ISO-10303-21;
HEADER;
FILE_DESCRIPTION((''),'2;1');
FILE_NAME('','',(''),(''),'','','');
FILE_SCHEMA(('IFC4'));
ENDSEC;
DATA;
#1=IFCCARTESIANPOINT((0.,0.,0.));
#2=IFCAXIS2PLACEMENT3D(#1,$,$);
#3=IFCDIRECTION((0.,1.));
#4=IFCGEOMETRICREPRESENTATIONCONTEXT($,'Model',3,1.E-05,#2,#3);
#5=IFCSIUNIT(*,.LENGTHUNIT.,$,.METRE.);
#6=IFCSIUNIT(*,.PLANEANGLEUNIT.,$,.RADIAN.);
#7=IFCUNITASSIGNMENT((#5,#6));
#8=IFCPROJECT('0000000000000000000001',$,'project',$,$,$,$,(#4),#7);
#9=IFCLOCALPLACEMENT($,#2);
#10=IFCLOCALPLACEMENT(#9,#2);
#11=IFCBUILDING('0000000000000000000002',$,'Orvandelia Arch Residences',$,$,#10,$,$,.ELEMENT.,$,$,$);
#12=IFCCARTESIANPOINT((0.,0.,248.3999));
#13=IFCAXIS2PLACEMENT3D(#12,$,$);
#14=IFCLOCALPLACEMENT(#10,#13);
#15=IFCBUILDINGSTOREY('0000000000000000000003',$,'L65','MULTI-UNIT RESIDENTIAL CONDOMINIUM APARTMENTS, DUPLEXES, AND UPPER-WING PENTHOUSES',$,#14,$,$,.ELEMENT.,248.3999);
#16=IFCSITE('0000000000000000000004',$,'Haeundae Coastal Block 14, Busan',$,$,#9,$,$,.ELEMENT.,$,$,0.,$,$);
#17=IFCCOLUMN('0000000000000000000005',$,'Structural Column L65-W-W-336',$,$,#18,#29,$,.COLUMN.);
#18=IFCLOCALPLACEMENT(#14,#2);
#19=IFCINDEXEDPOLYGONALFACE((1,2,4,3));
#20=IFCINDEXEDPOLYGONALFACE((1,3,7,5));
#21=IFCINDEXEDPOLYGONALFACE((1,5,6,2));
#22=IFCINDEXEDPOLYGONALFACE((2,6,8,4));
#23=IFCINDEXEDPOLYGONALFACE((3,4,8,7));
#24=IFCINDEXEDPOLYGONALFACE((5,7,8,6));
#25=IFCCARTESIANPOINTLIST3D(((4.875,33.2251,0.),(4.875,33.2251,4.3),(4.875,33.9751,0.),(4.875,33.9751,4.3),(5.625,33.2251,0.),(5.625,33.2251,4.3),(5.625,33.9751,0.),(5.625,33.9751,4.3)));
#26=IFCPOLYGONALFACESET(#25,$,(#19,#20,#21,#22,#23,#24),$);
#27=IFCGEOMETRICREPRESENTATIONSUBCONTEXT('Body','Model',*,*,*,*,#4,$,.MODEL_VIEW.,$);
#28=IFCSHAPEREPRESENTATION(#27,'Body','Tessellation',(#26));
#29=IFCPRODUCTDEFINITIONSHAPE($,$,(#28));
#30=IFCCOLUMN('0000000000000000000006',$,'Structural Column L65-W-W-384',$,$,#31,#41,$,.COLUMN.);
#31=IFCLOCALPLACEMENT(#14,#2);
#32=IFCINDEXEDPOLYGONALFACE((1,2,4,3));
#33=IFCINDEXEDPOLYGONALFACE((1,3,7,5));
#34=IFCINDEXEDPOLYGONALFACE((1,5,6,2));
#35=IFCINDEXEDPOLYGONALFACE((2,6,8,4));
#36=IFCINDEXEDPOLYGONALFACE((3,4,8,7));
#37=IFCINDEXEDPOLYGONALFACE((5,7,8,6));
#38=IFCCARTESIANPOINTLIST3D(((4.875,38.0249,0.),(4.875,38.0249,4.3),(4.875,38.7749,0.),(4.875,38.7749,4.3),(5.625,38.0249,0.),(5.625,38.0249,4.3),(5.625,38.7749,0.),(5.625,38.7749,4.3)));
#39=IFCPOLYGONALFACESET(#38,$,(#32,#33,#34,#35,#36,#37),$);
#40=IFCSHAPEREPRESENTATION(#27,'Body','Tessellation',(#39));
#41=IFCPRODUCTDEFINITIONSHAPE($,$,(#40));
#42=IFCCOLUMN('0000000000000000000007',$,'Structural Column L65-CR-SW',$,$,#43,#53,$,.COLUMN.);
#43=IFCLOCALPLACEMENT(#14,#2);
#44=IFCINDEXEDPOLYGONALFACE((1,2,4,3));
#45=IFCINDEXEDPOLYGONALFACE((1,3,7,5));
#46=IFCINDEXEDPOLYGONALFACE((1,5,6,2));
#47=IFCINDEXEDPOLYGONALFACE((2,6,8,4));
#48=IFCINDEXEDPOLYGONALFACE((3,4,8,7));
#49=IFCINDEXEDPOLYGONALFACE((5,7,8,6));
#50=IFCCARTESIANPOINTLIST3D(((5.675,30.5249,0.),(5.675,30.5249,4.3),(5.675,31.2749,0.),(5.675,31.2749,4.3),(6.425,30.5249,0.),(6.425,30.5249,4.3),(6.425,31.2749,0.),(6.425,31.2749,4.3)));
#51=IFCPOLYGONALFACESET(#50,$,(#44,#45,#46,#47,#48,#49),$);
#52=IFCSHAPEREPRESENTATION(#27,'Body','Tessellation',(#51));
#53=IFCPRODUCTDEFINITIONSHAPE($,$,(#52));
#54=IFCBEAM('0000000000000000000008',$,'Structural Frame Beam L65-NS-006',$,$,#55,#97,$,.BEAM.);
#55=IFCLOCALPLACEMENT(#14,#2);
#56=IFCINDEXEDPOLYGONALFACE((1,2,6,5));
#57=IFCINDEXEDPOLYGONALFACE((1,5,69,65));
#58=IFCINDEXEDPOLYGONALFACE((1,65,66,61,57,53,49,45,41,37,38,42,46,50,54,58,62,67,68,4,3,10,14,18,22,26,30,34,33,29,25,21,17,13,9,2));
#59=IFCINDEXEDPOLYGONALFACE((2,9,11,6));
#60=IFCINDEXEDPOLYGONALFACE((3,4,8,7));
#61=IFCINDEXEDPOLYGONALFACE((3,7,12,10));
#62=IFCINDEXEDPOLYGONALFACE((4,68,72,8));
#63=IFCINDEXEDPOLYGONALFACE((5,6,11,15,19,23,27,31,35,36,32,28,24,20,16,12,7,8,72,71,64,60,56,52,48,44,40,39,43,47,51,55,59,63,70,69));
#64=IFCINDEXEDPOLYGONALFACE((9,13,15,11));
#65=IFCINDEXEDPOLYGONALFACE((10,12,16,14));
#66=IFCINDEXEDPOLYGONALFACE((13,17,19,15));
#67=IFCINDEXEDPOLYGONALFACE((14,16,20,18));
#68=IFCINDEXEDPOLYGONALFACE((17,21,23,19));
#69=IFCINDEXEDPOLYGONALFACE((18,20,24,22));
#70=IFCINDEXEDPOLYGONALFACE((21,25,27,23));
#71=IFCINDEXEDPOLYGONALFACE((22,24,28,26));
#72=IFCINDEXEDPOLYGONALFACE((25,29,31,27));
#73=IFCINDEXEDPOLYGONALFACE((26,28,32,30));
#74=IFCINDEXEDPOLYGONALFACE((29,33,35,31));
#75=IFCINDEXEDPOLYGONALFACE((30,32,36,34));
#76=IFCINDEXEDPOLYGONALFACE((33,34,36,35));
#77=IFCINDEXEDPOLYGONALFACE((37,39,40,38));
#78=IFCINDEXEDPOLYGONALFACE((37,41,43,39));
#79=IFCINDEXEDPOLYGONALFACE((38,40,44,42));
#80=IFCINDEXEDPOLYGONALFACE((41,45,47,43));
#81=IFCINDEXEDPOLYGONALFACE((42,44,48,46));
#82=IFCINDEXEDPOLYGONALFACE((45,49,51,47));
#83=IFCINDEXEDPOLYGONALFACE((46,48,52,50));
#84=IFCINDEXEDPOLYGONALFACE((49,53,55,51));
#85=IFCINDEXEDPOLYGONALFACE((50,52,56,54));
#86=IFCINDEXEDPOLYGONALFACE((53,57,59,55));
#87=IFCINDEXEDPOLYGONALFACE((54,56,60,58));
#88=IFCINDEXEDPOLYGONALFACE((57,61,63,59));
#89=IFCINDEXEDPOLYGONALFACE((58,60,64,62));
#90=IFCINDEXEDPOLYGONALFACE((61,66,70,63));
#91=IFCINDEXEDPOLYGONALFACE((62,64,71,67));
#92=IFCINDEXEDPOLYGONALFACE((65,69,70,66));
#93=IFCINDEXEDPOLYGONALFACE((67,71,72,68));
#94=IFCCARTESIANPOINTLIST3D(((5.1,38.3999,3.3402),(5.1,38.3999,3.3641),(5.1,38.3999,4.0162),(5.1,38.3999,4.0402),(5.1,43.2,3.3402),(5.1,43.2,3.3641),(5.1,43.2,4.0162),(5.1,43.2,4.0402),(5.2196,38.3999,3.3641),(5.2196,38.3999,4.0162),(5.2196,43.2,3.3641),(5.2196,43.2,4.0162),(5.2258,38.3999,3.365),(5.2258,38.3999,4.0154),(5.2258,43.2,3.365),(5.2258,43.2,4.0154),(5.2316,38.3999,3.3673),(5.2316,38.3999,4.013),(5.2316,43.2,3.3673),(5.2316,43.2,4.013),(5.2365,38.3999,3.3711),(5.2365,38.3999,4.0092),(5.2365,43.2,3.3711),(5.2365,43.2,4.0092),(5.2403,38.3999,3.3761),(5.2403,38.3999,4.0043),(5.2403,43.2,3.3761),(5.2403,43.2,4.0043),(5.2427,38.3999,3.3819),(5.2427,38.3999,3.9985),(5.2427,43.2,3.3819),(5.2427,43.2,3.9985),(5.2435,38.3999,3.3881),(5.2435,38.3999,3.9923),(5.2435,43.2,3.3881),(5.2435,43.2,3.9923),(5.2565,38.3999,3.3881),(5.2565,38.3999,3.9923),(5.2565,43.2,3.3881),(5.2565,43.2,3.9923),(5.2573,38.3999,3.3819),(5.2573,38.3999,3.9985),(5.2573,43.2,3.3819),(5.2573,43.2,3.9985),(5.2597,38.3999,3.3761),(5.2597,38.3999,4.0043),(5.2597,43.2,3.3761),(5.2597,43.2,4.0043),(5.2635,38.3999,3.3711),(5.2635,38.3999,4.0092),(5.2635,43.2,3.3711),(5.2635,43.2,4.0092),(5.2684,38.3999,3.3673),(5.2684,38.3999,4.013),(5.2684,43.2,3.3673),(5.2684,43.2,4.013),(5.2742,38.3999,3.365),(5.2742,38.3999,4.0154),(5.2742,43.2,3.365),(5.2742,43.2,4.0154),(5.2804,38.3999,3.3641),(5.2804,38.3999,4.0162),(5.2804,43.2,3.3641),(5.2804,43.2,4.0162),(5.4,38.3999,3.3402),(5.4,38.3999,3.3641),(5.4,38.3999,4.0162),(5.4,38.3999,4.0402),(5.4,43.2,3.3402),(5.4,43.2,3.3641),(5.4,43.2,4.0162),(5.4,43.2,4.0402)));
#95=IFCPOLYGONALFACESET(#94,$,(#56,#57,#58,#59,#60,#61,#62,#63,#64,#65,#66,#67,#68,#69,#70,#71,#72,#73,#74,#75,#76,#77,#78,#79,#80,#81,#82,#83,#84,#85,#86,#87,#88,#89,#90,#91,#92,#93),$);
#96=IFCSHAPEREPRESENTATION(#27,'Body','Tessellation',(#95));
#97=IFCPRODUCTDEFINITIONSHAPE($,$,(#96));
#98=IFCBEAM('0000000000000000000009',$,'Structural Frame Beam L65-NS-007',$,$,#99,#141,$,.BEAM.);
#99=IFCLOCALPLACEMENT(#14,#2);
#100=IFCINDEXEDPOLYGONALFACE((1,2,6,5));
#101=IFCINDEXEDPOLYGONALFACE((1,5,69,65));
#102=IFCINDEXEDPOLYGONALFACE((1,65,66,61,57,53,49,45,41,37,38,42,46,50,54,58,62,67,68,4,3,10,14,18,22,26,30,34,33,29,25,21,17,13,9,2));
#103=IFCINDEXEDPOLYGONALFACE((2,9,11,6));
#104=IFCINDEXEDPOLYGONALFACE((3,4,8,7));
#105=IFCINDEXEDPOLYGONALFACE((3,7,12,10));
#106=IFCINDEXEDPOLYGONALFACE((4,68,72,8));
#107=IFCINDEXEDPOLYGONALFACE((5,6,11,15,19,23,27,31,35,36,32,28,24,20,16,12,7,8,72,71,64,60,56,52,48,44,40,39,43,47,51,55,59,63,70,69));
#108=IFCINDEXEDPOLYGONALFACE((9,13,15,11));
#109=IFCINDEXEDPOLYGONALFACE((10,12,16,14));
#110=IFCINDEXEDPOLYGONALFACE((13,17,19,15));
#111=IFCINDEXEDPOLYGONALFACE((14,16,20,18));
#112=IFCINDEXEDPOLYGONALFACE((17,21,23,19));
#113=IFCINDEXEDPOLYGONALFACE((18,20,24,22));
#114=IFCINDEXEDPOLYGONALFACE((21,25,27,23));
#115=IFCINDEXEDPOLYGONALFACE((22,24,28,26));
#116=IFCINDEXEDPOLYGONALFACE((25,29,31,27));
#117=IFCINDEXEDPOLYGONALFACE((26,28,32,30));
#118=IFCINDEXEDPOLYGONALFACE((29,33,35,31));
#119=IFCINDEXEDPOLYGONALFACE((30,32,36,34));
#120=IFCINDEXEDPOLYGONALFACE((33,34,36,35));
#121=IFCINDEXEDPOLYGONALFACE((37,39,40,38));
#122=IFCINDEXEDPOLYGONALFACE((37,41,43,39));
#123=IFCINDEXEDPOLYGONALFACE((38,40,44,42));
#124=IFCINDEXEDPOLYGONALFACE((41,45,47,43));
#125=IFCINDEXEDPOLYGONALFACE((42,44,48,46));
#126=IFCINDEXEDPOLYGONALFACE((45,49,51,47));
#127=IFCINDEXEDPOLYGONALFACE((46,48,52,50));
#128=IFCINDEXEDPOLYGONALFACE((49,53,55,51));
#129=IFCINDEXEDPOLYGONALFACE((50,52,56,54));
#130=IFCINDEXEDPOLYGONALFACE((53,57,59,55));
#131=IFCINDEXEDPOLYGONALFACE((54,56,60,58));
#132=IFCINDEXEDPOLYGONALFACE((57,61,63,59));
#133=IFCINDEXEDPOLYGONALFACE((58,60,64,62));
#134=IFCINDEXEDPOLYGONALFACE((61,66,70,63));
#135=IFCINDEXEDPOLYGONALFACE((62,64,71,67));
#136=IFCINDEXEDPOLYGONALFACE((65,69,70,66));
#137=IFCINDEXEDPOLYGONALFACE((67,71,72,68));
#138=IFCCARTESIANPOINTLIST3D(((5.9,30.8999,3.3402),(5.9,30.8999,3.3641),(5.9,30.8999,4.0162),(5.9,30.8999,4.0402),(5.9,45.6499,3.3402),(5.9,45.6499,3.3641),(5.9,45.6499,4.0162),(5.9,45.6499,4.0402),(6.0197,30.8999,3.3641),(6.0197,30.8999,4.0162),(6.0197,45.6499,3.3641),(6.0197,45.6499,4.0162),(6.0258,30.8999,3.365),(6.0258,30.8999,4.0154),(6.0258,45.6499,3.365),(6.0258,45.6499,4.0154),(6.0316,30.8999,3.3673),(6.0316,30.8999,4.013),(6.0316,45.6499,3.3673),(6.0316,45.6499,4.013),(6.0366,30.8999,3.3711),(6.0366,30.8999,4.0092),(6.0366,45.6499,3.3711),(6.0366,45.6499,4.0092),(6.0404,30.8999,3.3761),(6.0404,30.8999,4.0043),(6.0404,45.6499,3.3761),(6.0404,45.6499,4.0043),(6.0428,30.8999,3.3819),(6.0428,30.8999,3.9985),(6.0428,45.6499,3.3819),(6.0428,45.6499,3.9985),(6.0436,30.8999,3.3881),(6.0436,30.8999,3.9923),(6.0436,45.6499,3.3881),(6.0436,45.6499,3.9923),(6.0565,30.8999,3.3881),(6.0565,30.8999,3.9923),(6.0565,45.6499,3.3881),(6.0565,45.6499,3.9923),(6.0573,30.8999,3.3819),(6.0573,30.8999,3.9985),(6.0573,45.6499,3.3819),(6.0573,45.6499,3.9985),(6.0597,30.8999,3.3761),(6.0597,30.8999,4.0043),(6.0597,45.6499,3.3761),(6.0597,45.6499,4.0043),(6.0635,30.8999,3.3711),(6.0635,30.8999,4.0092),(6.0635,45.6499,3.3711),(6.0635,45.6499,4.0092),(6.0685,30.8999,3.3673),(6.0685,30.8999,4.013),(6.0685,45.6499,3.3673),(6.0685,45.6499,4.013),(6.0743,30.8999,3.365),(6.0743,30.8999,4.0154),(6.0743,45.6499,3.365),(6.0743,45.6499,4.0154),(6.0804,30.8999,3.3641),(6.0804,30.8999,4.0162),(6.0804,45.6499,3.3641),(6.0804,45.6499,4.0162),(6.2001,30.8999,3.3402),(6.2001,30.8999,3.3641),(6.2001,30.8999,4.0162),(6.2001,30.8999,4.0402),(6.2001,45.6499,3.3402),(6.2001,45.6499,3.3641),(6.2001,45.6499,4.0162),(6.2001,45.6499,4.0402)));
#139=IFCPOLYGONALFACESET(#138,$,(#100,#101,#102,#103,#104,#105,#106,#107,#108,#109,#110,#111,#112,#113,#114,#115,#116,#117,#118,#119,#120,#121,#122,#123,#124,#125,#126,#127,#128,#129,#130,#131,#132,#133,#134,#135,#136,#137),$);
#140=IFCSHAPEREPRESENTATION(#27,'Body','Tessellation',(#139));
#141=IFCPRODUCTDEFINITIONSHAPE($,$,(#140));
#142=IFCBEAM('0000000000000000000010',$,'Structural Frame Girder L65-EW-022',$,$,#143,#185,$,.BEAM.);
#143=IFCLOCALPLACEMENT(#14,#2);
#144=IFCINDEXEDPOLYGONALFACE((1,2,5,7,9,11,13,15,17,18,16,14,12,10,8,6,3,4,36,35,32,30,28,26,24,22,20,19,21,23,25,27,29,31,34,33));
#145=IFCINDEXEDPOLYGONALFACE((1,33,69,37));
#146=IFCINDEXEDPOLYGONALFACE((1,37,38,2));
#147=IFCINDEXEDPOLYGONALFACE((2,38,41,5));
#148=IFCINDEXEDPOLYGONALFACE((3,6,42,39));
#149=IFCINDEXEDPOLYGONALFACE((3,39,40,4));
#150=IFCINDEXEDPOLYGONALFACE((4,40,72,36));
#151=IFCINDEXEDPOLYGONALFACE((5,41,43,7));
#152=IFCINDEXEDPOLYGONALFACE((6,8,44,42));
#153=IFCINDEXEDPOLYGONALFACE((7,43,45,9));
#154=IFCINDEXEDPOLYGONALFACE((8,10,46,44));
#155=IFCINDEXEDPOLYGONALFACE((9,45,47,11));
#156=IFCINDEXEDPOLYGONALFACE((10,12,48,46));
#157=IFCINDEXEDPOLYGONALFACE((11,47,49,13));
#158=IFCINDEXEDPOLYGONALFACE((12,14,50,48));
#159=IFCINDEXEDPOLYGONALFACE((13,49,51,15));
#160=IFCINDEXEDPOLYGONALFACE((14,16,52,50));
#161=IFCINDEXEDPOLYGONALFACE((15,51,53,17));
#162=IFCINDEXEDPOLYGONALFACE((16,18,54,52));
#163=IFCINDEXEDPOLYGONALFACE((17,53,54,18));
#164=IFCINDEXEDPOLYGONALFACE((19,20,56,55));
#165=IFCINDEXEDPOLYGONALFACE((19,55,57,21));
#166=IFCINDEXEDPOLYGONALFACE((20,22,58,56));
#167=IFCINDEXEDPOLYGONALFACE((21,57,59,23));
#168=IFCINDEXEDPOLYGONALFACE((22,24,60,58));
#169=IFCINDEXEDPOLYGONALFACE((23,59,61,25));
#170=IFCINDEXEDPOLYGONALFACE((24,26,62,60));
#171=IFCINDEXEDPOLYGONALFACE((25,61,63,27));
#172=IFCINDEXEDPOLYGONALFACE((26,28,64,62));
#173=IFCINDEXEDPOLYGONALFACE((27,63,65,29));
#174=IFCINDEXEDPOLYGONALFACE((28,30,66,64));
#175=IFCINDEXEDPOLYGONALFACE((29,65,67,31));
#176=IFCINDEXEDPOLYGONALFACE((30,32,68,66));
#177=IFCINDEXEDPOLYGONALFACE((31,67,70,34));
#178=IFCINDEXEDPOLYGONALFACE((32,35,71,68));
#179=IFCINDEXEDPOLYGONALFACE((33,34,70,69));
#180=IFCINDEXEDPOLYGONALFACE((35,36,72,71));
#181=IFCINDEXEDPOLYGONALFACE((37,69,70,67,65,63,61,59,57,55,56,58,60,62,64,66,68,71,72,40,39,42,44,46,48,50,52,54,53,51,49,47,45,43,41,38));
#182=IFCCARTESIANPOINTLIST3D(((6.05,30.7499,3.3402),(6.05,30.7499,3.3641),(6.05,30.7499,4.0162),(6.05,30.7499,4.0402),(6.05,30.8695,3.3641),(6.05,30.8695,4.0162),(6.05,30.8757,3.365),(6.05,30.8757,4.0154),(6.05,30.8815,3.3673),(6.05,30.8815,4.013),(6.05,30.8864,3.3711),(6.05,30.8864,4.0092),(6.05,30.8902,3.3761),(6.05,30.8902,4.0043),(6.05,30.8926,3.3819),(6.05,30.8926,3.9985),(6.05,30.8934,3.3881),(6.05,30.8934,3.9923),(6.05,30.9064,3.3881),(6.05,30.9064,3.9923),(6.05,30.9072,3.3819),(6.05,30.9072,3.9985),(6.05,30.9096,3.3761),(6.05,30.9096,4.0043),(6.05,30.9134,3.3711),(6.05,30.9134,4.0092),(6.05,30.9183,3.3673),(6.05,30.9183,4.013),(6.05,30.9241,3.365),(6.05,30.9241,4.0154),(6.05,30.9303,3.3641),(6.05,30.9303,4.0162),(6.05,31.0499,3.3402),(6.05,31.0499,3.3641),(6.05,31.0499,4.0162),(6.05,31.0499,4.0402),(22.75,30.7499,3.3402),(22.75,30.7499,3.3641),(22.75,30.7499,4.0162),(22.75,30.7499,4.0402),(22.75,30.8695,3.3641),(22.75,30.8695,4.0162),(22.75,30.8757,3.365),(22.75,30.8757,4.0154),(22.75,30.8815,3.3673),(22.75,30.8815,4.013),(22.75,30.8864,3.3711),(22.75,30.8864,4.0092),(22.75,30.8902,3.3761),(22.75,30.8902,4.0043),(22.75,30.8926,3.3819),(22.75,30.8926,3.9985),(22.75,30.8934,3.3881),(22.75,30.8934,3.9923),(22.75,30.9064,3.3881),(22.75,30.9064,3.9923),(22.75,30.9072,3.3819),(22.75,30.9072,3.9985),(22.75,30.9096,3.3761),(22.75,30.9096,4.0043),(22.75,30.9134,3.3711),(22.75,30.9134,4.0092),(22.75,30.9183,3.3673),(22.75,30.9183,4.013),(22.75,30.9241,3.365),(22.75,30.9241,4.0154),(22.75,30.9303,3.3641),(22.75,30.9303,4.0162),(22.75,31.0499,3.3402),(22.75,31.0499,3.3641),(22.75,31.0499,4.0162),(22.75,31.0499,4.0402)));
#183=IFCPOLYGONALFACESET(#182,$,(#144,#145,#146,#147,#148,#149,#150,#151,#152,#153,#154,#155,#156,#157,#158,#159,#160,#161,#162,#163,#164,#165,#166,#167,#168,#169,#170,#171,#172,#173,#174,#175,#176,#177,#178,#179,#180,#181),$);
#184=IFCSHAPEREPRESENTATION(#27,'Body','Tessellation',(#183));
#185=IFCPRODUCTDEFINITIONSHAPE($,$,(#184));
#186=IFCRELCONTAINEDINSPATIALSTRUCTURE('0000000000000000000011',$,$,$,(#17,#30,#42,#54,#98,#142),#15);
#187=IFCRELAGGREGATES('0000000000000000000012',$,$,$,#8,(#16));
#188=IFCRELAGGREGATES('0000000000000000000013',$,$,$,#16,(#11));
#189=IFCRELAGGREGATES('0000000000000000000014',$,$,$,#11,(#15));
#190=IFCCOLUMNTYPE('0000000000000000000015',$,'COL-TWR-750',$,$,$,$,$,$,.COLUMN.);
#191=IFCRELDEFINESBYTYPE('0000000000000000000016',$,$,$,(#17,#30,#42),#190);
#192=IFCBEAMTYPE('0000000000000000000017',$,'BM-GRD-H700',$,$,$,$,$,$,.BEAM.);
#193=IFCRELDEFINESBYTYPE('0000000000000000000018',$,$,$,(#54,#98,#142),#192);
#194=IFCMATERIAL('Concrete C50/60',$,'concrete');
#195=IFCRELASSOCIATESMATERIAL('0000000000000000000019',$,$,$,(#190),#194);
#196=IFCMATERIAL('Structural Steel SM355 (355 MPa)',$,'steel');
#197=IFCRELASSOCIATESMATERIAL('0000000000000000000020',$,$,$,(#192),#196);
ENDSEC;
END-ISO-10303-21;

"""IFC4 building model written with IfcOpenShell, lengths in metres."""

from ifc_helpers import new_model, si_unit, direction, frame, origin, origin_2d, place, context, subcontext, project, spatial, rectangle, i_section, extrude, material, material_profile, profile_set, type_object, element, save


model = new_model("IFC4")

# Units and contexts
model_context = context("Model", 3, precision=1e-05, world=origin(), true_north=direction((0.0, 1.0)))
body_context = subcontext(model_context, "Body", "Model", "MODEL_VIEW")
ifc_project = project(units=[si_unit("LENGTHUNIT", "METRE"), si_unit("PLANEANGLEUNIT", "RADIAN")], contexts=[model_context])

# Site, building, storey
site_placement = place(None, origin())
site = spatial("IfcSite", under=ifc_project, at=site_placement, Name="Haeundae Coastal Block 14, Busan", CompositionType="ELEMENT", RefElevation=0.0)
building_placement = place(site_placement, origin())
building = spatial("IfcBuilding", under=site, at=building_placement, Name="Orvandelia Arch Residences", CompositionType="ELEMENT")
storey_placement = place(building_placement, frame((0.0, 0.0, 248.3999)))
storey = spatial("IfcBuildingStorey", under=building, at=storey_placement, Name="L65", Description="MULTI-UNIT RESIDENTIAL CONDOMINIUM APARTMENTS, DUPLEXES, AND UPPER-WING PENTHOUSES", CompositionType="ELEMENT", Elevation=248.3999)

# Columns
ifc_material_1 = material(Name="Concrete C50/60", Category="concrete")
ifc_material_profile_1 = material_profile(ifc_material_1, rectangle(XDim=0.75, YDim=0.75, at=origin_2d()), Name="Concrete C50/60", Category="concrete")
ifc_profile_set_1 = profile_set([ifc_material_profile_1], Name="Concrete C50/60")
column_type = type_object("IfcColumnType", Name="COL-TWR-750", PredefinedType="COLUMN", material=ifc_profile_set_1)
for number, where, z_axis, x_axis, name in (
    (1, (5.25, 33.6001, 0.0), (0.0, 0.0, 1.0), (1.0, 0.0, 0.0), "Structural Column L65-W-W-336"),
    (2, (5.25, 38.3999, 0.0), (0.0, 0.0, 1.0), (1.0, 0.0, 0.0), "Structural Column L65-W-W-384"),
    (3, (6.05, 30.8999, 0.0), (0.0, 0.0, 1.0), (1.0, 0.0, 0.0), "Structural Column L65-CR-SW"),
):
    element("IfcColumn", number, at=place(storey_placement, frame(where, z_axis=z_axis, x_axis=x_axis)), inside=storey, type_object=column_type, Name=name, PredefinedType="COLUMN", context=body_context, shape_type="SweptSolid", body=[
        extrude(rectangle(XDim=0.75, YDim=0.75, at=origin_2d()), origin(), (0.0, 0.0, 1.0), 4.3),
    ])

# Beams
ifc_material_2 = material(Name="Structural Steel SM355 (355 MPa)", Category="steel")
ifc_material_profile_2 = material_profile(ifc_material_2, i_section(OverallWidth=0.3, OverallDepth=0.7, WebThickness=0.0129, FlangeThickness=0.0239, FilletRadius=0.0239, at=origin_2d()), Name="Structural Steel SM355 (355 MPa)", Category="steel")
ifc_profile_set_2 = profile_set([ifc_material_profile_2], Name="Structural Steel SM355 (355 MPa)")
beam_type_1 = type_object("IfcBeamType", Name="BM-GRD-H700", PredefinedType="BEAM", material=ifc_profile_set_2)
beam_1_placement = place(storey_placement, frame((5.25, 38.3999, 3.6902), z_axis=(0.0, 1.0, 0.0), x_axis=(-1.0, 0.0, 0.0)))
element("IfcBeam", 4, at=beam_1_placement, inside=storey, type_object=beam_type_1, Name="Structural Frame Beam L65-NS-006", PredefinedType="BEAM", context=body_context, shape_type="SweptSolid", body=[
    extrude(i_section(OverallWidth=0.3, OverallDepth=0.7, WebThickness=0.0129, FlangeThickness=0.0239, FilletRadius=0.0239, at=origin_2d()), origin(), (0.0, 0.0, 1.0), 4.8),
])
beam_2_placement = place(storey_placement, frame((6.05, 30.8999, 3.6902), z_axis=(0.0, 1.0, 0.0), x_axis=(-1.0, 0.0, 0.0)))
element("IfcBeam", 5, at=beam_2_placement, inside=storey, type_object=beam_type_1, Name="Structural Frame Beam L65-NS-007", PredefinedType="BEAM", context=body_context, shape_type="SweptSolid", body=[
    extrude(i_section(OverallWidth=0.3, OverallDepth=0.7, WebThickness=0.0129, FlangeThickness=0.0239, FilletRadius=0.0239, at=origin_2d()), origin(), (0.0, 0.0, 1.0), 14.75),
])
beam_3_placement = place(storey_placement, frame((6.05, 30.8999, 3.6902), z_axis=(1.0, 0.0, 0.0), x_axis=(0.0, 1.0, 0.0)))
element("IfcBeam", 6, at=beam_3_placement, inside=storey, type_object=beam_type_1, Name="Structural Frame Girder L65-EW-022", PredefinedType="BEAM", context=body_context, shape_type="SweptSolid", body=[
    extrude(i_section(OverallWidth=0.3, OverallDepth=0.7, WebThickness=0.0129, FlangeThickness=0.0239, FilletRadius=0.0239, at=origin_2d()), origin(), (0.0, 0.0, 1.0), 16.7),
])

save(model, "model.ifc")
